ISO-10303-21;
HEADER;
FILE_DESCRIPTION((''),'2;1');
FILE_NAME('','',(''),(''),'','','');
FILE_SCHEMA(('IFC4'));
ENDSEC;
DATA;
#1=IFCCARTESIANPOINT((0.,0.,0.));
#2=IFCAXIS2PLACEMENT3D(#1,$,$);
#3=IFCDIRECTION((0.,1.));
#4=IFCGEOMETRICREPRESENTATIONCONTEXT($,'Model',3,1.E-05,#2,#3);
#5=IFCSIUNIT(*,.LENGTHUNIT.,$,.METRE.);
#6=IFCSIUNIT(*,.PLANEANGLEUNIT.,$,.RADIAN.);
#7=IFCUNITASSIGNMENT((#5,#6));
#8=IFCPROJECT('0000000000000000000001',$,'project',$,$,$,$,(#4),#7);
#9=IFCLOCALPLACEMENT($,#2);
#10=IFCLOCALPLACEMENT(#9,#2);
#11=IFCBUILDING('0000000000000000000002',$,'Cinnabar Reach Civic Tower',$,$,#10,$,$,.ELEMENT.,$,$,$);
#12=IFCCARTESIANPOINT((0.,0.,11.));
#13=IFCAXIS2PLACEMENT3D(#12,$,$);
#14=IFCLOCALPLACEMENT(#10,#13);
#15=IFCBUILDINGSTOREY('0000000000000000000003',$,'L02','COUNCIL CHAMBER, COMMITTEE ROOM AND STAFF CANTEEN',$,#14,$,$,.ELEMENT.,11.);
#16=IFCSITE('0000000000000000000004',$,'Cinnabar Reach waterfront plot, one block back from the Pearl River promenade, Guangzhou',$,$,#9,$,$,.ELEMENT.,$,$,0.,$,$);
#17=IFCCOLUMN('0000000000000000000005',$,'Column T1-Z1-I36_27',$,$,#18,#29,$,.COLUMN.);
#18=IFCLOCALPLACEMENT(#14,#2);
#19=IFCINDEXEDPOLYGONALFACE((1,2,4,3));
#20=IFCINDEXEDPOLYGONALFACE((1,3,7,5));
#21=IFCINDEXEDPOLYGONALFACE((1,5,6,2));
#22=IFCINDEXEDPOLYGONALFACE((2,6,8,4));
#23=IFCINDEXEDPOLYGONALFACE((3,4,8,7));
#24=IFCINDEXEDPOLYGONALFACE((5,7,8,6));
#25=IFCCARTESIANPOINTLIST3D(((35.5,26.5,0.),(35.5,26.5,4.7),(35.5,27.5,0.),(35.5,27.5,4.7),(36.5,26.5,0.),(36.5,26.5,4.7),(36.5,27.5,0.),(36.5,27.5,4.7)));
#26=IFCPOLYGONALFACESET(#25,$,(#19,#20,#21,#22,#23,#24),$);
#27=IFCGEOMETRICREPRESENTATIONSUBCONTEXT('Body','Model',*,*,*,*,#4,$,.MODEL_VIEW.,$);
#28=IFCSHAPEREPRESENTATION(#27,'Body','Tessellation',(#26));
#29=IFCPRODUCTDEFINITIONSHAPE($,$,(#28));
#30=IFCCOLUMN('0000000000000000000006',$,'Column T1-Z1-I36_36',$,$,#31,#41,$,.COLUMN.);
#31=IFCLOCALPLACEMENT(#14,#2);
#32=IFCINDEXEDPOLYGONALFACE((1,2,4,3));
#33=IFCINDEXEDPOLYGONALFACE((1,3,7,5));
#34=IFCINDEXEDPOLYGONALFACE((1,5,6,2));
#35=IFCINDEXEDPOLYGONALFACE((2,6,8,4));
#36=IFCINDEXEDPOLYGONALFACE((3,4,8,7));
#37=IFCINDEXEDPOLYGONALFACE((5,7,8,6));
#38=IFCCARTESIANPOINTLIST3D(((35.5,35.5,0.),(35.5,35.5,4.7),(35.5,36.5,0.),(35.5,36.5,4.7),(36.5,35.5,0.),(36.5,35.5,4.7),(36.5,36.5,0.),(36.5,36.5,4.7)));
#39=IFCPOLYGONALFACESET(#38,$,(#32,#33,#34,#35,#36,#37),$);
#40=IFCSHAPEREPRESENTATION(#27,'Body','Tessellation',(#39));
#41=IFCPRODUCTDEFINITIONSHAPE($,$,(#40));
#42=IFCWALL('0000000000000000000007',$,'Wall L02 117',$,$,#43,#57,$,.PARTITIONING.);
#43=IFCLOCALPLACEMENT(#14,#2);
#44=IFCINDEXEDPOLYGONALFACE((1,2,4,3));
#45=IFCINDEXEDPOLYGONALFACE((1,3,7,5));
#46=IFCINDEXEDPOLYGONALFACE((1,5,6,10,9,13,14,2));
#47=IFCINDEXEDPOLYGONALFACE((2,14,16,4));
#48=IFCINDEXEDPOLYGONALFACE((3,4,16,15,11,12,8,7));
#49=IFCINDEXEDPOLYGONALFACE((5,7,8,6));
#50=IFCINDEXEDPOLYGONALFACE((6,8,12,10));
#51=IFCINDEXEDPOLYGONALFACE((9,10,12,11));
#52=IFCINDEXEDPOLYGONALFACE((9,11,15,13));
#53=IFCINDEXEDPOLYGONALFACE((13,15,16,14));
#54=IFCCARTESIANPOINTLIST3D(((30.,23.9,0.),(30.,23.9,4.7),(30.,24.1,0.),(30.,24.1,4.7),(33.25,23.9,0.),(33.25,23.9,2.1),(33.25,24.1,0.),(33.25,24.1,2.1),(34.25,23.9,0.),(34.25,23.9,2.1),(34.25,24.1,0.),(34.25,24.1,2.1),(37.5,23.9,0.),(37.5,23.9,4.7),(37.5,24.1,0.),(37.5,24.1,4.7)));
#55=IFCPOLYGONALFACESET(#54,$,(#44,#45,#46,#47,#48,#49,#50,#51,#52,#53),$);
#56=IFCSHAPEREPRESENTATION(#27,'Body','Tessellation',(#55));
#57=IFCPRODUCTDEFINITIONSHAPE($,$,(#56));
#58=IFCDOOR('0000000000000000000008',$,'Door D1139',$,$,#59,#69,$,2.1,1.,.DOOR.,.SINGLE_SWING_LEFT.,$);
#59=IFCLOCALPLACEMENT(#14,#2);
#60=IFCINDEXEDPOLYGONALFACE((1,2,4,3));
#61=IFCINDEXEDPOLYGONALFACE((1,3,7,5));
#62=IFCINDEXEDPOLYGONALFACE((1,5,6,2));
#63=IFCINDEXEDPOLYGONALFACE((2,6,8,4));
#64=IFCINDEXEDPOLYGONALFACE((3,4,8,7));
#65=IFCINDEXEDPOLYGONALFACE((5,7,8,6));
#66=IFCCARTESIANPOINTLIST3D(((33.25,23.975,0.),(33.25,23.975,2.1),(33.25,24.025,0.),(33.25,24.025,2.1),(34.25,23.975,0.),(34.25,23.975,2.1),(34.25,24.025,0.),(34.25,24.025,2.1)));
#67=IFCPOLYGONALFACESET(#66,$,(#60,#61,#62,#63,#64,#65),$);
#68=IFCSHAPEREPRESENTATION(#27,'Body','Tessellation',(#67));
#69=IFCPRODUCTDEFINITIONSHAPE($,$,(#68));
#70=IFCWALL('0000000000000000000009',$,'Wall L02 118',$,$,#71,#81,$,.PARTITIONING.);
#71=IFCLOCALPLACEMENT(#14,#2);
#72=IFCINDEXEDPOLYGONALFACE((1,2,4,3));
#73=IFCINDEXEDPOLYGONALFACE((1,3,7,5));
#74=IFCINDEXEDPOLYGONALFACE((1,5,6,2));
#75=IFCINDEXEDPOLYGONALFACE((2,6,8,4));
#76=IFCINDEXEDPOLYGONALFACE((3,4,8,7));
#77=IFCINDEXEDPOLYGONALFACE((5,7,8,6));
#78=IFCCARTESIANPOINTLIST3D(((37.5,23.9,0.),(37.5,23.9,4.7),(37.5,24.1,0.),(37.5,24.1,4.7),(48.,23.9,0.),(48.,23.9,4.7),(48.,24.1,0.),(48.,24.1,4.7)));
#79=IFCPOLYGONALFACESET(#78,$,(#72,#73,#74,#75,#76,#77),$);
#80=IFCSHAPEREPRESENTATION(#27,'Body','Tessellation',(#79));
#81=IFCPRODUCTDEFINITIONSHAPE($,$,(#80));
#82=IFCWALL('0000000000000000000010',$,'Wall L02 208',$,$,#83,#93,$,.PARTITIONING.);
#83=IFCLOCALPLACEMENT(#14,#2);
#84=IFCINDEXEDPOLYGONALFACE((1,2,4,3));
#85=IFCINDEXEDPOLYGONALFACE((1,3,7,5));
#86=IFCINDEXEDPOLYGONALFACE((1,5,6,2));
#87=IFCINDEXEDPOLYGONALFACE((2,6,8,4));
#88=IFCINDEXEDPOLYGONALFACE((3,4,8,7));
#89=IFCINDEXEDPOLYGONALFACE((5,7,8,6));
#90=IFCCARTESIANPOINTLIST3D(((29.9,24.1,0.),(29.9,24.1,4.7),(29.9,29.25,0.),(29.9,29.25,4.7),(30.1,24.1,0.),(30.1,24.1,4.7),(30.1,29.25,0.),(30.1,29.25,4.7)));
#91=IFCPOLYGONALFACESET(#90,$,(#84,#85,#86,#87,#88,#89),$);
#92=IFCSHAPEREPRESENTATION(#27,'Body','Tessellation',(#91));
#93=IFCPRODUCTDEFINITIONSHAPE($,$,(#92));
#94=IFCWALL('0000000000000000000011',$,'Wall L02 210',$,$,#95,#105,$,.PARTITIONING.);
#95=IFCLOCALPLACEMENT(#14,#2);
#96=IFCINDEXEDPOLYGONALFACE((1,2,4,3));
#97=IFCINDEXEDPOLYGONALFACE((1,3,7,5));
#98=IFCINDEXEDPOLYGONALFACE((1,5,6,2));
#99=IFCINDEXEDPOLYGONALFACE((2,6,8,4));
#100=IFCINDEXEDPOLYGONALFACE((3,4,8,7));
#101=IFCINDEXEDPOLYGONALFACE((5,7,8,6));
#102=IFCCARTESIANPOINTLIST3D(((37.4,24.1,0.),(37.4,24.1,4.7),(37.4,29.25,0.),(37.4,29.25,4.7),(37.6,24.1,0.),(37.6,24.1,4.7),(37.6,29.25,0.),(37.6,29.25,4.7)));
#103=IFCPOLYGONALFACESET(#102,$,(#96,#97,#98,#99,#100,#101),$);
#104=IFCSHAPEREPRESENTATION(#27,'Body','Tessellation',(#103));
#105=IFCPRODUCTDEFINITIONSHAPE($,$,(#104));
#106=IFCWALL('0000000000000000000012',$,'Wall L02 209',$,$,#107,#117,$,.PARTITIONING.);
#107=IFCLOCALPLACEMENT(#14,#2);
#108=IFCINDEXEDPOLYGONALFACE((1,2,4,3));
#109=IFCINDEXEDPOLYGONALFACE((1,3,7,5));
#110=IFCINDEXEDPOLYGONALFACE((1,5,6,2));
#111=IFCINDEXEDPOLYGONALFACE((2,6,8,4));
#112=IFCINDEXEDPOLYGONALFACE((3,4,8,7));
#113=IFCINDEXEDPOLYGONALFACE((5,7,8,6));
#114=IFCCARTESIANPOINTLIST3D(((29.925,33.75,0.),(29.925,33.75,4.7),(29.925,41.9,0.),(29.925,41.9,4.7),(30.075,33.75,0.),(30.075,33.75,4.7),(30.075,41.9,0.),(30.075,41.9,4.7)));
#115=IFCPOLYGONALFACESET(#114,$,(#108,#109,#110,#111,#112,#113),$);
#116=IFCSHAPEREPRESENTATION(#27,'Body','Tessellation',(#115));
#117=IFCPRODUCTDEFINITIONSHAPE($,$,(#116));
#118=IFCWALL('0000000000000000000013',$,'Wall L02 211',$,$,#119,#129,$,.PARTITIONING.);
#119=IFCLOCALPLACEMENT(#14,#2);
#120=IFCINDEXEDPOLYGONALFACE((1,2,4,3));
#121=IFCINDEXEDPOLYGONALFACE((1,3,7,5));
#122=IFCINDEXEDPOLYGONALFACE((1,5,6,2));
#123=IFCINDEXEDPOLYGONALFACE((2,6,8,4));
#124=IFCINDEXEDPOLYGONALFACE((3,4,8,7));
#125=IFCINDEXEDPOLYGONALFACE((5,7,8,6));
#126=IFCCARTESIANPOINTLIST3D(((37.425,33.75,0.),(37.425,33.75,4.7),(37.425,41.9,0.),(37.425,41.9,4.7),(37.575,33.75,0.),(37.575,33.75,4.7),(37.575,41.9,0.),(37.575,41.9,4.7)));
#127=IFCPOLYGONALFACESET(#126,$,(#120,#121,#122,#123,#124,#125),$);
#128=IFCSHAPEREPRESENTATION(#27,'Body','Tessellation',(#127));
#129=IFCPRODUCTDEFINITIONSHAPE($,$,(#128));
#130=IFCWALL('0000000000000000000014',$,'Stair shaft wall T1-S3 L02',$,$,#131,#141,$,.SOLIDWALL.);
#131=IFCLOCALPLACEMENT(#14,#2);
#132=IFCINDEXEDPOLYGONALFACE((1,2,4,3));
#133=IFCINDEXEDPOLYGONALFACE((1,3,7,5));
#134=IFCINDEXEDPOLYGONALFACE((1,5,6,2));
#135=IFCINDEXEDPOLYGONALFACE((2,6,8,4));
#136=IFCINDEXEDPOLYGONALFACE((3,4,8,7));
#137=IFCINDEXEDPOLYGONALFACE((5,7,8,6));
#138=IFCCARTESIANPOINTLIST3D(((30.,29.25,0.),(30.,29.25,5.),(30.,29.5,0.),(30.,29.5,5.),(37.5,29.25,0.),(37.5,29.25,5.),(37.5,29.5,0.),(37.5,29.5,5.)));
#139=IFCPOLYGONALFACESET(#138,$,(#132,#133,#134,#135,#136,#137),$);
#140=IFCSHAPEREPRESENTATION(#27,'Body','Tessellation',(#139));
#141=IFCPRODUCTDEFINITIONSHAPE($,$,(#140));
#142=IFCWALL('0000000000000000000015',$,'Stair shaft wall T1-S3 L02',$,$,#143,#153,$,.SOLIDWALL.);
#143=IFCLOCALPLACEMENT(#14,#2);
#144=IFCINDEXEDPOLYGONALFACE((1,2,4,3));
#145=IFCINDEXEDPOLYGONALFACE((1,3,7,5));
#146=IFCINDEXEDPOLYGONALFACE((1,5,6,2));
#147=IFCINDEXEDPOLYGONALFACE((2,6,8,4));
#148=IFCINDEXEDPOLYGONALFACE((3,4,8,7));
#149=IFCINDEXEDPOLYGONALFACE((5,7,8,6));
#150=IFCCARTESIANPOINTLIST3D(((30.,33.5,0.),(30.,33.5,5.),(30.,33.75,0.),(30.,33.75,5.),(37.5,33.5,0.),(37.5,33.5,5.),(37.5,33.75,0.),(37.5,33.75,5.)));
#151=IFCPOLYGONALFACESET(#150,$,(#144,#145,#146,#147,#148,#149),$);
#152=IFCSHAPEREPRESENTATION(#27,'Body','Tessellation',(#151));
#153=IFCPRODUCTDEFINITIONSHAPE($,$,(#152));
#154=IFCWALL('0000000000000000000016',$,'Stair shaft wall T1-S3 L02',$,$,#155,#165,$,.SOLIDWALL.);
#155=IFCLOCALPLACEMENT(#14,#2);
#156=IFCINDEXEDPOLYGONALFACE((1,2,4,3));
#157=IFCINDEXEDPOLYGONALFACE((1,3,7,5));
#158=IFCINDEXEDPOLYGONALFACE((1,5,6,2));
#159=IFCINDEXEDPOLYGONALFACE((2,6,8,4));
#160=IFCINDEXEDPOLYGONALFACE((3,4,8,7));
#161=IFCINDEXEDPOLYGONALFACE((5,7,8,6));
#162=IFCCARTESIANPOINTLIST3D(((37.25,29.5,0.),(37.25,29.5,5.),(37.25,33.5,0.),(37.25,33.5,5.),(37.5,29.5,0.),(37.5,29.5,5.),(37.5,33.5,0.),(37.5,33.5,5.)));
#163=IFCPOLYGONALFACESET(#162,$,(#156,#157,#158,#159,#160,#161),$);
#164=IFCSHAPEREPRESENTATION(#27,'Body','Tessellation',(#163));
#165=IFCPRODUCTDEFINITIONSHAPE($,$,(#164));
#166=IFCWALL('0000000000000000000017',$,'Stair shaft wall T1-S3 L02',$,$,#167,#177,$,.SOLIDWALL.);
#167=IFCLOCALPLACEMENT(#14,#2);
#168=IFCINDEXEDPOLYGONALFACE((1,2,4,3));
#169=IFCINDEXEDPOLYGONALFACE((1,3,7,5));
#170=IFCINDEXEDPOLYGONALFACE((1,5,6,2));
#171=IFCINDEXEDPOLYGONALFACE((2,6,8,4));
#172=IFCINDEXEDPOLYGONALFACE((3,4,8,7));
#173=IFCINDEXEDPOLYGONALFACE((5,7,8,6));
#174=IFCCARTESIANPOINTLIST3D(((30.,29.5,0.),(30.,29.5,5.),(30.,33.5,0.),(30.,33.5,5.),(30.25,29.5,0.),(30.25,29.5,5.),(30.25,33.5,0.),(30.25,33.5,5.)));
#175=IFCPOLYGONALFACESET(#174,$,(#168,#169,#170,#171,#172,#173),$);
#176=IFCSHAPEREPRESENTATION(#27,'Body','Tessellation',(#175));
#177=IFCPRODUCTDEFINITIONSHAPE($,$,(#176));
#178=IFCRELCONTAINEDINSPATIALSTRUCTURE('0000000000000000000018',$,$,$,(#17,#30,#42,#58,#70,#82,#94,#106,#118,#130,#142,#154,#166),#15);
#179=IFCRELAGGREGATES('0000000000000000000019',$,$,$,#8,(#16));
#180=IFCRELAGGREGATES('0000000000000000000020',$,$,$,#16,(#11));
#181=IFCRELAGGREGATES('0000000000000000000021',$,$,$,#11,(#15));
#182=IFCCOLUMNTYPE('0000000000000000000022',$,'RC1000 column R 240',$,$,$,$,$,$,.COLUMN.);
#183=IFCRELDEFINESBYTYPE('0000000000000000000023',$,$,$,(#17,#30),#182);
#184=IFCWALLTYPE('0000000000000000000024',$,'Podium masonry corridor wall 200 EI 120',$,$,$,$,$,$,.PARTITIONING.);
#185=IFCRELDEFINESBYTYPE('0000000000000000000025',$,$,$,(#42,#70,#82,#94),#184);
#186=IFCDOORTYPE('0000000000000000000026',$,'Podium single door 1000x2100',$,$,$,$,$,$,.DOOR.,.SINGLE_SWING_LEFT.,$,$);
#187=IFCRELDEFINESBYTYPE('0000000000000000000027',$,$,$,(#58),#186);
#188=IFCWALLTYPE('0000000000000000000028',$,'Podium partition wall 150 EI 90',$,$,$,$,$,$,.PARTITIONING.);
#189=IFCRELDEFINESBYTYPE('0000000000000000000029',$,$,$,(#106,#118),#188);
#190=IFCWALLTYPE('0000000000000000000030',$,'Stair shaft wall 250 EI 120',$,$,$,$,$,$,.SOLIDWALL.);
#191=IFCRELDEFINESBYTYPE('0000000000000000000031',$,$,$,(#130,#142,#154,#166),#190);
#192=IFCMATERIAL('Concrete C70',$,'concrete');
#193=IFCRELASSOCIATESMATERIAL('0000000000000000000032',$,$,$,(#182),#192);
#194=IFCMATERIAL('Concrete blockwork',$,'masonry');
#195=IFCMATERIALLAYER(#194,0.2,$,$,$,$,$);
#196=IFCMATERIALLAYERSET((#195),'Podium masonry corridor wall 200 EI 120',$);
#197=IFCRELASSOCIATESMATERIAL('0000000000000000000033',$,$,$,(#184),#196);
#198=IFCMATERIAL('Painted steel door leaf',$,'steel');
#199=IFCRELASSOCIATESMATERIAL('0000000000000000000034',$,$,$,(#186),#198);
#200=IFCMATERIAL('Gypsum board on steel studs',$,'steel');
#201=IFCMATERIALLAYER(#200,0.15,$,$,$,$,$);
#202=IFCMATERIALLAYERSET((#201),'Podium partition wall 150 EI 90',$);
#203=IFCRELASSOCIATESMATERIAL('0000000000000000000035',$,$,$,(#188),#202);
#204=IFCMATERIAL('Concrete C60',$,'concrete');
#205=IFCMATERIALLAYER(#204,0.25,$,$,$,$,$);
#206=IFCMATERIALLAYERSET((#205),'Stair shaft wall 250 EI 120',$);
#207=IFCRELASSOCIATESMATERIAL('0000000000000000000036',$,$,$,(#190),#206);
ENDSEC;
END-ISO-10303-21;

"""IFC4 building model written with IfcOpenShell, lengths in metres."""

from ifc_helpers import new_model, si_unit, direction, frame, frame_2d, origin, origin_2d, place, context, subcontext, project, spatial, rectangle, extrude, material, layer, layer_set, material_profile, profile_set, type_object, element, fill, save


model = new_model("IFC4")

# Units and contexts
model_context = context("Model", 3, precision=1e-05, world=origin(), true_north=direction((0.0, 1.0)))
body_context = subcontext(model_context, "Body", "Model", "MODEL_VIEW")
ifc_project = project(units=[si_unit("LENGTHUNIT", "METRE"), si_unit("PLANEANGLEUNIT", "RADIAN")], contexts=[model_context])

# Site, building, storey
site_placement = place(None, origin())
site = spatial("IfcSite", under=ifc_project, at=site_placement, Name="Cinnabar Reach waterfront plot, one block back from the Pearl River promenade, Guangzhou", CompositionType="ELEMENT", RefElevation=0.0)
building_placement = place(site_placement, origin())
building = spatial("IfcBuilding", under=site, at=building_placement, Name="Cinnabar Reach Civic Tower", CompositionType="ELEMENT")
storey_placement = place(building_placement, frame((0.0, 0.0, 11.0)))
storey = spatial("IfcBuildingStorey", under=building, at=storey_placement, Name="L02", Description="COUNCIL CHAMBER, COMMITTEE ROOM AND STAFF CANTEEN", CompositionType="ELEMENT", Elevation=11.0)

# Columns
ifc_material_1 = material(Name="Concrete C70", Category="concrete")
ifc_material_profile = material_profile(ifc_material_1, rectangle(XDim=1.0, YDim=1.0, at=origin_2d()), Name="RC1000")
ifc_profile_set = profile_set([ifc_material_profile], Name="Concrete C70")
column_type = type_object("IfcColumnType", Name="RC1000 column R 240", PredefinedType="COLUMN", material=ifc_profile_set)
for number, where, z_axis, x_axis, name in (
    (1, (36.0, 27.0, 0.0), (0.0, 0.0, 1.0), (1.0, 0.0, 0.0), "Column T1-Z1-I36_27"),
    (2, (36.0, 36.0, 0.0), (0.0, 0.0, 1.0), (1.0, 0.0, 0.0), "Column T1-Z1-I36_36"),
):
    element("IfcColumn", number, at=place(storey_placement, frame(where, z_axis=z_axis, x_axis=x_axis)), inside=storey, type_object=column_type, Name=name, PredefinedType="COLUMN", context=body_context, shape_type="SweptSolid", body=[
        extrude(rectangle(XDim=1.0, YDim=1.0, at=origin_2d()), origin(), (0.0, 0.0, 1.0), 4.7),
    ])

# Wall, opening, door
ifc_material_2 = material(Name="Concrete blockwork", Category="masonry")
ifc_layer_1 = layer(ifc_material_2, 0.2)
ifc_layer_set_1 = layer_set([ifc_layer_1], Name="Podium masonry corridor wall 200 EI 120")
wall_type_1 = type_object("IfcWallType", Name="Podium masonry corridor wall 200 EI 120", PredefinedType="PARTITIONING", material=ifc_layer_set_1)
wall_1_placement = place(storey_placement, frame((30.0, 24.0, 0.0), z_axis=(0.0, 0.0, 1.0), x_axis=(1.0, 0.0, 0.0)))
wall_1 = element("IfcWall", 3, at=wall_1_placement, inside=storey, type_object=wall_type_1, Name="Wall L02 117", PredefinedType="PARTITIONING", context=body_context, shape_type="SweptSolid", body=[
    extrude(rectangle(XDim=7.5, YDim=0.2, at=frame_2d((3.75, 0.0))), origin(), (0.0, 0.0, 1.0), 4.7),
])
opening_placement = place(wall_1_placement, frame((3.25, 0.0, 0.0)))
opening = element("IfcOpeningElement", 4, at=opening_placement, cuts=wall_1, PredefinedType="OPENING", context=body_context, shape_type="SweptSolid", body=[
    extrude(rectangle(XDim=1.0, YDim=2.1, at=frame_2d((0.5, 1.05))), frame((0.0, 0.11, 0.0), z_axis=(0.0, -1.0, 0.0), x_axis=(1.0, 0.0, 0.0)), (0.0, 0.0, 1.0), 0.22),
])
ifc_material_3 = material(Name="Painted steel door leaf", Category="steel")
door_type = type_object("IfcDoorType", Name="Podium single door 1000x2100", OperationType="SINGLE_SWING_LEFT", PredefinedType="DOOR", material=ifc_material_3)
door_placement = place(opening_placement, origin())
door = element("IfcDoor", 5, at=door_placement, inside=storey, type_object=door_type, Name="Door D1139", OperationType="SINGLE_SWING_LEFT", OverallHeight=2.1, OverallWidth=1.0, PredefinedType="DOOR", context=body_context, shape_type="SweptSolid", body=[
    extrude(rectangle(XDim=1.0, YDim=2.1, at=frame_2d((0.5, 1.05))), frame((0.0, 0.025, 0.0), z_axis=(0.0, -1.0, 0.0), x_axis=(1.0, 0.0, 0.0)), (0.0, 0.0, 1.0), 0.05),
])
fill(opening, door)

# Walls
wall_2_placement = place(storey_placement, frame((37.5, 24.0, 0.0), z_axis=(0.0, 0.0, 1.0), x_axis=(1.0, 0.0, 0.0)))
element("IfcWall", 6, at=wall_2_placement, inside=storey, type_object=wall_type_1, Name="Wall L02 118", PredefinedType="PARTITIONING", context=body_context, shape_type="SweptSolid", body=[
    extrude(rectangle(XDim=10.5, YDim=0.2, at=frame_2d((5.25, 0.0))), origin(), (0.0, 0.0, 1.0), 4.7),
])
for number, where, z_axis, x_axis, name in (
    (7, (30.0, 24.1, 0.0), (0.0, 0.0, 1.0), (0.0, 1.0, 0.0), "Wall L02 208"),
    (8, (37.5, 24.1, 0.0), (0.0, 0.0, 1.0), (0.0, 1.0, 0.0), "Wall L02 210"),
):
    element("IfcWall", number, at=place(storey_placement, frame(where, z_axis=z_axis, x_axis=x_axis)), inside=storey, type_object=wall_type_1, Name=name, PredefinedType="PARTITIONING", context=body_context, shape_type="SweptSolid", body=[
        extrude(rectangle(XDim=5.15, YDim=0.2, at=frame_2d((2.575, 0.0))), origin(), (0.0, 0.0, 1.0), 4.7),
    ])
ifc_material_4 = material(Name="Gypsum board on steel studs", Category="steel")
ifc_layer_2 = layer(ifc_material_4, 0.15)
ifc_layer_set_2 = layer_set([ifc_layer_2], Name="Podium partition wall 150 EI 90")
wall_type_2 = type_object("IfcWallType", Name="Podium partition wall 150 EI 90", PredefinedType="PARTITIONING", material=ifc_layer_set_2)
for number, where, z_axis, x_axis, name in (
    (9, (30.0, 33.75, 0.0), (0.0, 0.0, 1.0), (0.0, 1.0, 0.0), "Wall L02 209"),
    (10, (37.5, 33.75, 0.0), (0.0, 0.0, 1.0), (0.0, 1.0, 0.0), "Wall L02 211"),
):
    element("IfcWall", number, at=place(storey_placement, frame(where, z_axis=z_axis, x_axis=x_axis)), inside=storey, type_object=wall_type_2, Name=name, PredefinedType="PARTITIONING", context=body_context, shape_type="SweptSolid", body=[
        extrude(rectangle(XDim=8.15, YDim=0.15, at=frame_2d((4.075, 0.0))), origin(), (0.0, 0.0, 1.0), 4.7),
    ])
ifc_material_5 = material(Name="Concrete C60", Category="concrete")
ifc_layer_3 = layer(ifc_material_5, 0.25)
ifc_layer_set_3 = layer_set([ifc_layer_3], Name="Stair shaft wall 250 EI 120")
wall_type_3 = type_object("IfcWallType", Name="Stair shaft wall 250 EI 120", PredefinedType="SOLIDWALL", material=ifc_layer_set_3)
for number, where, z_axis, x_axis, name in (
    (11, (30.0, 29.375, 0.0), (0.0, 0.0, 1.0), (1.0, 0.0, 0.0), "Stair shaft wall T1-S3 L02"),
    (12, (37.5, 33.625, 0.0), (0.0, 0.0, 1.0), (-1.0, 0.0, 0.0), "Stair shaft wall T1-S3 L02"),
):
    element("IfcWall", number, at=place(storey_placement, frame(where, z_axis=z_axis, x_axis=x_axis)), inside=storey, type_object=wall_type_3, Name=name, PredefinedType="SOLIDWALL", context=body_context, shape_type="SweptSolid", body=[
        extrude(rectangle(XDim=7.5, YDim=0.25, at=frame_2d((3.75, 0.0))), origin(), (0.0, 0.0, 1.0), 5.0),
    ])
for number, where, z_axis, x_axis, name in (
    (13, (37.375, 29.5, 0.0), (0.0, 0.0, 1.0), (0.0, 1.0, 0.0), "Stair shaft wall T1-S3 L02"),
    (14, (30.125, 33.5, 0.0), (0.0, 0.0, 1.0), (0.0, -1.0, 0.0), "Stair shaft wall T1-S3 L02"),
):
    element("IfcWall", number, at=place(storey_placement, frame(where, z_axis=z_axis, x_axis=x_axis)), inside=storey, type_object=wall_type_3, Name=name, PredefinedType="SOLIDWALL", context=body_context, shape_type="SweptSolid", body=[
        extrude(rectangle(XDim=4.0, YDim=0.25, at=frame_2d((2.0, 0.0))), origin(), (0.0, 0.0, 1.0), 5.0),
    ])

save(model, "model.ifc")
